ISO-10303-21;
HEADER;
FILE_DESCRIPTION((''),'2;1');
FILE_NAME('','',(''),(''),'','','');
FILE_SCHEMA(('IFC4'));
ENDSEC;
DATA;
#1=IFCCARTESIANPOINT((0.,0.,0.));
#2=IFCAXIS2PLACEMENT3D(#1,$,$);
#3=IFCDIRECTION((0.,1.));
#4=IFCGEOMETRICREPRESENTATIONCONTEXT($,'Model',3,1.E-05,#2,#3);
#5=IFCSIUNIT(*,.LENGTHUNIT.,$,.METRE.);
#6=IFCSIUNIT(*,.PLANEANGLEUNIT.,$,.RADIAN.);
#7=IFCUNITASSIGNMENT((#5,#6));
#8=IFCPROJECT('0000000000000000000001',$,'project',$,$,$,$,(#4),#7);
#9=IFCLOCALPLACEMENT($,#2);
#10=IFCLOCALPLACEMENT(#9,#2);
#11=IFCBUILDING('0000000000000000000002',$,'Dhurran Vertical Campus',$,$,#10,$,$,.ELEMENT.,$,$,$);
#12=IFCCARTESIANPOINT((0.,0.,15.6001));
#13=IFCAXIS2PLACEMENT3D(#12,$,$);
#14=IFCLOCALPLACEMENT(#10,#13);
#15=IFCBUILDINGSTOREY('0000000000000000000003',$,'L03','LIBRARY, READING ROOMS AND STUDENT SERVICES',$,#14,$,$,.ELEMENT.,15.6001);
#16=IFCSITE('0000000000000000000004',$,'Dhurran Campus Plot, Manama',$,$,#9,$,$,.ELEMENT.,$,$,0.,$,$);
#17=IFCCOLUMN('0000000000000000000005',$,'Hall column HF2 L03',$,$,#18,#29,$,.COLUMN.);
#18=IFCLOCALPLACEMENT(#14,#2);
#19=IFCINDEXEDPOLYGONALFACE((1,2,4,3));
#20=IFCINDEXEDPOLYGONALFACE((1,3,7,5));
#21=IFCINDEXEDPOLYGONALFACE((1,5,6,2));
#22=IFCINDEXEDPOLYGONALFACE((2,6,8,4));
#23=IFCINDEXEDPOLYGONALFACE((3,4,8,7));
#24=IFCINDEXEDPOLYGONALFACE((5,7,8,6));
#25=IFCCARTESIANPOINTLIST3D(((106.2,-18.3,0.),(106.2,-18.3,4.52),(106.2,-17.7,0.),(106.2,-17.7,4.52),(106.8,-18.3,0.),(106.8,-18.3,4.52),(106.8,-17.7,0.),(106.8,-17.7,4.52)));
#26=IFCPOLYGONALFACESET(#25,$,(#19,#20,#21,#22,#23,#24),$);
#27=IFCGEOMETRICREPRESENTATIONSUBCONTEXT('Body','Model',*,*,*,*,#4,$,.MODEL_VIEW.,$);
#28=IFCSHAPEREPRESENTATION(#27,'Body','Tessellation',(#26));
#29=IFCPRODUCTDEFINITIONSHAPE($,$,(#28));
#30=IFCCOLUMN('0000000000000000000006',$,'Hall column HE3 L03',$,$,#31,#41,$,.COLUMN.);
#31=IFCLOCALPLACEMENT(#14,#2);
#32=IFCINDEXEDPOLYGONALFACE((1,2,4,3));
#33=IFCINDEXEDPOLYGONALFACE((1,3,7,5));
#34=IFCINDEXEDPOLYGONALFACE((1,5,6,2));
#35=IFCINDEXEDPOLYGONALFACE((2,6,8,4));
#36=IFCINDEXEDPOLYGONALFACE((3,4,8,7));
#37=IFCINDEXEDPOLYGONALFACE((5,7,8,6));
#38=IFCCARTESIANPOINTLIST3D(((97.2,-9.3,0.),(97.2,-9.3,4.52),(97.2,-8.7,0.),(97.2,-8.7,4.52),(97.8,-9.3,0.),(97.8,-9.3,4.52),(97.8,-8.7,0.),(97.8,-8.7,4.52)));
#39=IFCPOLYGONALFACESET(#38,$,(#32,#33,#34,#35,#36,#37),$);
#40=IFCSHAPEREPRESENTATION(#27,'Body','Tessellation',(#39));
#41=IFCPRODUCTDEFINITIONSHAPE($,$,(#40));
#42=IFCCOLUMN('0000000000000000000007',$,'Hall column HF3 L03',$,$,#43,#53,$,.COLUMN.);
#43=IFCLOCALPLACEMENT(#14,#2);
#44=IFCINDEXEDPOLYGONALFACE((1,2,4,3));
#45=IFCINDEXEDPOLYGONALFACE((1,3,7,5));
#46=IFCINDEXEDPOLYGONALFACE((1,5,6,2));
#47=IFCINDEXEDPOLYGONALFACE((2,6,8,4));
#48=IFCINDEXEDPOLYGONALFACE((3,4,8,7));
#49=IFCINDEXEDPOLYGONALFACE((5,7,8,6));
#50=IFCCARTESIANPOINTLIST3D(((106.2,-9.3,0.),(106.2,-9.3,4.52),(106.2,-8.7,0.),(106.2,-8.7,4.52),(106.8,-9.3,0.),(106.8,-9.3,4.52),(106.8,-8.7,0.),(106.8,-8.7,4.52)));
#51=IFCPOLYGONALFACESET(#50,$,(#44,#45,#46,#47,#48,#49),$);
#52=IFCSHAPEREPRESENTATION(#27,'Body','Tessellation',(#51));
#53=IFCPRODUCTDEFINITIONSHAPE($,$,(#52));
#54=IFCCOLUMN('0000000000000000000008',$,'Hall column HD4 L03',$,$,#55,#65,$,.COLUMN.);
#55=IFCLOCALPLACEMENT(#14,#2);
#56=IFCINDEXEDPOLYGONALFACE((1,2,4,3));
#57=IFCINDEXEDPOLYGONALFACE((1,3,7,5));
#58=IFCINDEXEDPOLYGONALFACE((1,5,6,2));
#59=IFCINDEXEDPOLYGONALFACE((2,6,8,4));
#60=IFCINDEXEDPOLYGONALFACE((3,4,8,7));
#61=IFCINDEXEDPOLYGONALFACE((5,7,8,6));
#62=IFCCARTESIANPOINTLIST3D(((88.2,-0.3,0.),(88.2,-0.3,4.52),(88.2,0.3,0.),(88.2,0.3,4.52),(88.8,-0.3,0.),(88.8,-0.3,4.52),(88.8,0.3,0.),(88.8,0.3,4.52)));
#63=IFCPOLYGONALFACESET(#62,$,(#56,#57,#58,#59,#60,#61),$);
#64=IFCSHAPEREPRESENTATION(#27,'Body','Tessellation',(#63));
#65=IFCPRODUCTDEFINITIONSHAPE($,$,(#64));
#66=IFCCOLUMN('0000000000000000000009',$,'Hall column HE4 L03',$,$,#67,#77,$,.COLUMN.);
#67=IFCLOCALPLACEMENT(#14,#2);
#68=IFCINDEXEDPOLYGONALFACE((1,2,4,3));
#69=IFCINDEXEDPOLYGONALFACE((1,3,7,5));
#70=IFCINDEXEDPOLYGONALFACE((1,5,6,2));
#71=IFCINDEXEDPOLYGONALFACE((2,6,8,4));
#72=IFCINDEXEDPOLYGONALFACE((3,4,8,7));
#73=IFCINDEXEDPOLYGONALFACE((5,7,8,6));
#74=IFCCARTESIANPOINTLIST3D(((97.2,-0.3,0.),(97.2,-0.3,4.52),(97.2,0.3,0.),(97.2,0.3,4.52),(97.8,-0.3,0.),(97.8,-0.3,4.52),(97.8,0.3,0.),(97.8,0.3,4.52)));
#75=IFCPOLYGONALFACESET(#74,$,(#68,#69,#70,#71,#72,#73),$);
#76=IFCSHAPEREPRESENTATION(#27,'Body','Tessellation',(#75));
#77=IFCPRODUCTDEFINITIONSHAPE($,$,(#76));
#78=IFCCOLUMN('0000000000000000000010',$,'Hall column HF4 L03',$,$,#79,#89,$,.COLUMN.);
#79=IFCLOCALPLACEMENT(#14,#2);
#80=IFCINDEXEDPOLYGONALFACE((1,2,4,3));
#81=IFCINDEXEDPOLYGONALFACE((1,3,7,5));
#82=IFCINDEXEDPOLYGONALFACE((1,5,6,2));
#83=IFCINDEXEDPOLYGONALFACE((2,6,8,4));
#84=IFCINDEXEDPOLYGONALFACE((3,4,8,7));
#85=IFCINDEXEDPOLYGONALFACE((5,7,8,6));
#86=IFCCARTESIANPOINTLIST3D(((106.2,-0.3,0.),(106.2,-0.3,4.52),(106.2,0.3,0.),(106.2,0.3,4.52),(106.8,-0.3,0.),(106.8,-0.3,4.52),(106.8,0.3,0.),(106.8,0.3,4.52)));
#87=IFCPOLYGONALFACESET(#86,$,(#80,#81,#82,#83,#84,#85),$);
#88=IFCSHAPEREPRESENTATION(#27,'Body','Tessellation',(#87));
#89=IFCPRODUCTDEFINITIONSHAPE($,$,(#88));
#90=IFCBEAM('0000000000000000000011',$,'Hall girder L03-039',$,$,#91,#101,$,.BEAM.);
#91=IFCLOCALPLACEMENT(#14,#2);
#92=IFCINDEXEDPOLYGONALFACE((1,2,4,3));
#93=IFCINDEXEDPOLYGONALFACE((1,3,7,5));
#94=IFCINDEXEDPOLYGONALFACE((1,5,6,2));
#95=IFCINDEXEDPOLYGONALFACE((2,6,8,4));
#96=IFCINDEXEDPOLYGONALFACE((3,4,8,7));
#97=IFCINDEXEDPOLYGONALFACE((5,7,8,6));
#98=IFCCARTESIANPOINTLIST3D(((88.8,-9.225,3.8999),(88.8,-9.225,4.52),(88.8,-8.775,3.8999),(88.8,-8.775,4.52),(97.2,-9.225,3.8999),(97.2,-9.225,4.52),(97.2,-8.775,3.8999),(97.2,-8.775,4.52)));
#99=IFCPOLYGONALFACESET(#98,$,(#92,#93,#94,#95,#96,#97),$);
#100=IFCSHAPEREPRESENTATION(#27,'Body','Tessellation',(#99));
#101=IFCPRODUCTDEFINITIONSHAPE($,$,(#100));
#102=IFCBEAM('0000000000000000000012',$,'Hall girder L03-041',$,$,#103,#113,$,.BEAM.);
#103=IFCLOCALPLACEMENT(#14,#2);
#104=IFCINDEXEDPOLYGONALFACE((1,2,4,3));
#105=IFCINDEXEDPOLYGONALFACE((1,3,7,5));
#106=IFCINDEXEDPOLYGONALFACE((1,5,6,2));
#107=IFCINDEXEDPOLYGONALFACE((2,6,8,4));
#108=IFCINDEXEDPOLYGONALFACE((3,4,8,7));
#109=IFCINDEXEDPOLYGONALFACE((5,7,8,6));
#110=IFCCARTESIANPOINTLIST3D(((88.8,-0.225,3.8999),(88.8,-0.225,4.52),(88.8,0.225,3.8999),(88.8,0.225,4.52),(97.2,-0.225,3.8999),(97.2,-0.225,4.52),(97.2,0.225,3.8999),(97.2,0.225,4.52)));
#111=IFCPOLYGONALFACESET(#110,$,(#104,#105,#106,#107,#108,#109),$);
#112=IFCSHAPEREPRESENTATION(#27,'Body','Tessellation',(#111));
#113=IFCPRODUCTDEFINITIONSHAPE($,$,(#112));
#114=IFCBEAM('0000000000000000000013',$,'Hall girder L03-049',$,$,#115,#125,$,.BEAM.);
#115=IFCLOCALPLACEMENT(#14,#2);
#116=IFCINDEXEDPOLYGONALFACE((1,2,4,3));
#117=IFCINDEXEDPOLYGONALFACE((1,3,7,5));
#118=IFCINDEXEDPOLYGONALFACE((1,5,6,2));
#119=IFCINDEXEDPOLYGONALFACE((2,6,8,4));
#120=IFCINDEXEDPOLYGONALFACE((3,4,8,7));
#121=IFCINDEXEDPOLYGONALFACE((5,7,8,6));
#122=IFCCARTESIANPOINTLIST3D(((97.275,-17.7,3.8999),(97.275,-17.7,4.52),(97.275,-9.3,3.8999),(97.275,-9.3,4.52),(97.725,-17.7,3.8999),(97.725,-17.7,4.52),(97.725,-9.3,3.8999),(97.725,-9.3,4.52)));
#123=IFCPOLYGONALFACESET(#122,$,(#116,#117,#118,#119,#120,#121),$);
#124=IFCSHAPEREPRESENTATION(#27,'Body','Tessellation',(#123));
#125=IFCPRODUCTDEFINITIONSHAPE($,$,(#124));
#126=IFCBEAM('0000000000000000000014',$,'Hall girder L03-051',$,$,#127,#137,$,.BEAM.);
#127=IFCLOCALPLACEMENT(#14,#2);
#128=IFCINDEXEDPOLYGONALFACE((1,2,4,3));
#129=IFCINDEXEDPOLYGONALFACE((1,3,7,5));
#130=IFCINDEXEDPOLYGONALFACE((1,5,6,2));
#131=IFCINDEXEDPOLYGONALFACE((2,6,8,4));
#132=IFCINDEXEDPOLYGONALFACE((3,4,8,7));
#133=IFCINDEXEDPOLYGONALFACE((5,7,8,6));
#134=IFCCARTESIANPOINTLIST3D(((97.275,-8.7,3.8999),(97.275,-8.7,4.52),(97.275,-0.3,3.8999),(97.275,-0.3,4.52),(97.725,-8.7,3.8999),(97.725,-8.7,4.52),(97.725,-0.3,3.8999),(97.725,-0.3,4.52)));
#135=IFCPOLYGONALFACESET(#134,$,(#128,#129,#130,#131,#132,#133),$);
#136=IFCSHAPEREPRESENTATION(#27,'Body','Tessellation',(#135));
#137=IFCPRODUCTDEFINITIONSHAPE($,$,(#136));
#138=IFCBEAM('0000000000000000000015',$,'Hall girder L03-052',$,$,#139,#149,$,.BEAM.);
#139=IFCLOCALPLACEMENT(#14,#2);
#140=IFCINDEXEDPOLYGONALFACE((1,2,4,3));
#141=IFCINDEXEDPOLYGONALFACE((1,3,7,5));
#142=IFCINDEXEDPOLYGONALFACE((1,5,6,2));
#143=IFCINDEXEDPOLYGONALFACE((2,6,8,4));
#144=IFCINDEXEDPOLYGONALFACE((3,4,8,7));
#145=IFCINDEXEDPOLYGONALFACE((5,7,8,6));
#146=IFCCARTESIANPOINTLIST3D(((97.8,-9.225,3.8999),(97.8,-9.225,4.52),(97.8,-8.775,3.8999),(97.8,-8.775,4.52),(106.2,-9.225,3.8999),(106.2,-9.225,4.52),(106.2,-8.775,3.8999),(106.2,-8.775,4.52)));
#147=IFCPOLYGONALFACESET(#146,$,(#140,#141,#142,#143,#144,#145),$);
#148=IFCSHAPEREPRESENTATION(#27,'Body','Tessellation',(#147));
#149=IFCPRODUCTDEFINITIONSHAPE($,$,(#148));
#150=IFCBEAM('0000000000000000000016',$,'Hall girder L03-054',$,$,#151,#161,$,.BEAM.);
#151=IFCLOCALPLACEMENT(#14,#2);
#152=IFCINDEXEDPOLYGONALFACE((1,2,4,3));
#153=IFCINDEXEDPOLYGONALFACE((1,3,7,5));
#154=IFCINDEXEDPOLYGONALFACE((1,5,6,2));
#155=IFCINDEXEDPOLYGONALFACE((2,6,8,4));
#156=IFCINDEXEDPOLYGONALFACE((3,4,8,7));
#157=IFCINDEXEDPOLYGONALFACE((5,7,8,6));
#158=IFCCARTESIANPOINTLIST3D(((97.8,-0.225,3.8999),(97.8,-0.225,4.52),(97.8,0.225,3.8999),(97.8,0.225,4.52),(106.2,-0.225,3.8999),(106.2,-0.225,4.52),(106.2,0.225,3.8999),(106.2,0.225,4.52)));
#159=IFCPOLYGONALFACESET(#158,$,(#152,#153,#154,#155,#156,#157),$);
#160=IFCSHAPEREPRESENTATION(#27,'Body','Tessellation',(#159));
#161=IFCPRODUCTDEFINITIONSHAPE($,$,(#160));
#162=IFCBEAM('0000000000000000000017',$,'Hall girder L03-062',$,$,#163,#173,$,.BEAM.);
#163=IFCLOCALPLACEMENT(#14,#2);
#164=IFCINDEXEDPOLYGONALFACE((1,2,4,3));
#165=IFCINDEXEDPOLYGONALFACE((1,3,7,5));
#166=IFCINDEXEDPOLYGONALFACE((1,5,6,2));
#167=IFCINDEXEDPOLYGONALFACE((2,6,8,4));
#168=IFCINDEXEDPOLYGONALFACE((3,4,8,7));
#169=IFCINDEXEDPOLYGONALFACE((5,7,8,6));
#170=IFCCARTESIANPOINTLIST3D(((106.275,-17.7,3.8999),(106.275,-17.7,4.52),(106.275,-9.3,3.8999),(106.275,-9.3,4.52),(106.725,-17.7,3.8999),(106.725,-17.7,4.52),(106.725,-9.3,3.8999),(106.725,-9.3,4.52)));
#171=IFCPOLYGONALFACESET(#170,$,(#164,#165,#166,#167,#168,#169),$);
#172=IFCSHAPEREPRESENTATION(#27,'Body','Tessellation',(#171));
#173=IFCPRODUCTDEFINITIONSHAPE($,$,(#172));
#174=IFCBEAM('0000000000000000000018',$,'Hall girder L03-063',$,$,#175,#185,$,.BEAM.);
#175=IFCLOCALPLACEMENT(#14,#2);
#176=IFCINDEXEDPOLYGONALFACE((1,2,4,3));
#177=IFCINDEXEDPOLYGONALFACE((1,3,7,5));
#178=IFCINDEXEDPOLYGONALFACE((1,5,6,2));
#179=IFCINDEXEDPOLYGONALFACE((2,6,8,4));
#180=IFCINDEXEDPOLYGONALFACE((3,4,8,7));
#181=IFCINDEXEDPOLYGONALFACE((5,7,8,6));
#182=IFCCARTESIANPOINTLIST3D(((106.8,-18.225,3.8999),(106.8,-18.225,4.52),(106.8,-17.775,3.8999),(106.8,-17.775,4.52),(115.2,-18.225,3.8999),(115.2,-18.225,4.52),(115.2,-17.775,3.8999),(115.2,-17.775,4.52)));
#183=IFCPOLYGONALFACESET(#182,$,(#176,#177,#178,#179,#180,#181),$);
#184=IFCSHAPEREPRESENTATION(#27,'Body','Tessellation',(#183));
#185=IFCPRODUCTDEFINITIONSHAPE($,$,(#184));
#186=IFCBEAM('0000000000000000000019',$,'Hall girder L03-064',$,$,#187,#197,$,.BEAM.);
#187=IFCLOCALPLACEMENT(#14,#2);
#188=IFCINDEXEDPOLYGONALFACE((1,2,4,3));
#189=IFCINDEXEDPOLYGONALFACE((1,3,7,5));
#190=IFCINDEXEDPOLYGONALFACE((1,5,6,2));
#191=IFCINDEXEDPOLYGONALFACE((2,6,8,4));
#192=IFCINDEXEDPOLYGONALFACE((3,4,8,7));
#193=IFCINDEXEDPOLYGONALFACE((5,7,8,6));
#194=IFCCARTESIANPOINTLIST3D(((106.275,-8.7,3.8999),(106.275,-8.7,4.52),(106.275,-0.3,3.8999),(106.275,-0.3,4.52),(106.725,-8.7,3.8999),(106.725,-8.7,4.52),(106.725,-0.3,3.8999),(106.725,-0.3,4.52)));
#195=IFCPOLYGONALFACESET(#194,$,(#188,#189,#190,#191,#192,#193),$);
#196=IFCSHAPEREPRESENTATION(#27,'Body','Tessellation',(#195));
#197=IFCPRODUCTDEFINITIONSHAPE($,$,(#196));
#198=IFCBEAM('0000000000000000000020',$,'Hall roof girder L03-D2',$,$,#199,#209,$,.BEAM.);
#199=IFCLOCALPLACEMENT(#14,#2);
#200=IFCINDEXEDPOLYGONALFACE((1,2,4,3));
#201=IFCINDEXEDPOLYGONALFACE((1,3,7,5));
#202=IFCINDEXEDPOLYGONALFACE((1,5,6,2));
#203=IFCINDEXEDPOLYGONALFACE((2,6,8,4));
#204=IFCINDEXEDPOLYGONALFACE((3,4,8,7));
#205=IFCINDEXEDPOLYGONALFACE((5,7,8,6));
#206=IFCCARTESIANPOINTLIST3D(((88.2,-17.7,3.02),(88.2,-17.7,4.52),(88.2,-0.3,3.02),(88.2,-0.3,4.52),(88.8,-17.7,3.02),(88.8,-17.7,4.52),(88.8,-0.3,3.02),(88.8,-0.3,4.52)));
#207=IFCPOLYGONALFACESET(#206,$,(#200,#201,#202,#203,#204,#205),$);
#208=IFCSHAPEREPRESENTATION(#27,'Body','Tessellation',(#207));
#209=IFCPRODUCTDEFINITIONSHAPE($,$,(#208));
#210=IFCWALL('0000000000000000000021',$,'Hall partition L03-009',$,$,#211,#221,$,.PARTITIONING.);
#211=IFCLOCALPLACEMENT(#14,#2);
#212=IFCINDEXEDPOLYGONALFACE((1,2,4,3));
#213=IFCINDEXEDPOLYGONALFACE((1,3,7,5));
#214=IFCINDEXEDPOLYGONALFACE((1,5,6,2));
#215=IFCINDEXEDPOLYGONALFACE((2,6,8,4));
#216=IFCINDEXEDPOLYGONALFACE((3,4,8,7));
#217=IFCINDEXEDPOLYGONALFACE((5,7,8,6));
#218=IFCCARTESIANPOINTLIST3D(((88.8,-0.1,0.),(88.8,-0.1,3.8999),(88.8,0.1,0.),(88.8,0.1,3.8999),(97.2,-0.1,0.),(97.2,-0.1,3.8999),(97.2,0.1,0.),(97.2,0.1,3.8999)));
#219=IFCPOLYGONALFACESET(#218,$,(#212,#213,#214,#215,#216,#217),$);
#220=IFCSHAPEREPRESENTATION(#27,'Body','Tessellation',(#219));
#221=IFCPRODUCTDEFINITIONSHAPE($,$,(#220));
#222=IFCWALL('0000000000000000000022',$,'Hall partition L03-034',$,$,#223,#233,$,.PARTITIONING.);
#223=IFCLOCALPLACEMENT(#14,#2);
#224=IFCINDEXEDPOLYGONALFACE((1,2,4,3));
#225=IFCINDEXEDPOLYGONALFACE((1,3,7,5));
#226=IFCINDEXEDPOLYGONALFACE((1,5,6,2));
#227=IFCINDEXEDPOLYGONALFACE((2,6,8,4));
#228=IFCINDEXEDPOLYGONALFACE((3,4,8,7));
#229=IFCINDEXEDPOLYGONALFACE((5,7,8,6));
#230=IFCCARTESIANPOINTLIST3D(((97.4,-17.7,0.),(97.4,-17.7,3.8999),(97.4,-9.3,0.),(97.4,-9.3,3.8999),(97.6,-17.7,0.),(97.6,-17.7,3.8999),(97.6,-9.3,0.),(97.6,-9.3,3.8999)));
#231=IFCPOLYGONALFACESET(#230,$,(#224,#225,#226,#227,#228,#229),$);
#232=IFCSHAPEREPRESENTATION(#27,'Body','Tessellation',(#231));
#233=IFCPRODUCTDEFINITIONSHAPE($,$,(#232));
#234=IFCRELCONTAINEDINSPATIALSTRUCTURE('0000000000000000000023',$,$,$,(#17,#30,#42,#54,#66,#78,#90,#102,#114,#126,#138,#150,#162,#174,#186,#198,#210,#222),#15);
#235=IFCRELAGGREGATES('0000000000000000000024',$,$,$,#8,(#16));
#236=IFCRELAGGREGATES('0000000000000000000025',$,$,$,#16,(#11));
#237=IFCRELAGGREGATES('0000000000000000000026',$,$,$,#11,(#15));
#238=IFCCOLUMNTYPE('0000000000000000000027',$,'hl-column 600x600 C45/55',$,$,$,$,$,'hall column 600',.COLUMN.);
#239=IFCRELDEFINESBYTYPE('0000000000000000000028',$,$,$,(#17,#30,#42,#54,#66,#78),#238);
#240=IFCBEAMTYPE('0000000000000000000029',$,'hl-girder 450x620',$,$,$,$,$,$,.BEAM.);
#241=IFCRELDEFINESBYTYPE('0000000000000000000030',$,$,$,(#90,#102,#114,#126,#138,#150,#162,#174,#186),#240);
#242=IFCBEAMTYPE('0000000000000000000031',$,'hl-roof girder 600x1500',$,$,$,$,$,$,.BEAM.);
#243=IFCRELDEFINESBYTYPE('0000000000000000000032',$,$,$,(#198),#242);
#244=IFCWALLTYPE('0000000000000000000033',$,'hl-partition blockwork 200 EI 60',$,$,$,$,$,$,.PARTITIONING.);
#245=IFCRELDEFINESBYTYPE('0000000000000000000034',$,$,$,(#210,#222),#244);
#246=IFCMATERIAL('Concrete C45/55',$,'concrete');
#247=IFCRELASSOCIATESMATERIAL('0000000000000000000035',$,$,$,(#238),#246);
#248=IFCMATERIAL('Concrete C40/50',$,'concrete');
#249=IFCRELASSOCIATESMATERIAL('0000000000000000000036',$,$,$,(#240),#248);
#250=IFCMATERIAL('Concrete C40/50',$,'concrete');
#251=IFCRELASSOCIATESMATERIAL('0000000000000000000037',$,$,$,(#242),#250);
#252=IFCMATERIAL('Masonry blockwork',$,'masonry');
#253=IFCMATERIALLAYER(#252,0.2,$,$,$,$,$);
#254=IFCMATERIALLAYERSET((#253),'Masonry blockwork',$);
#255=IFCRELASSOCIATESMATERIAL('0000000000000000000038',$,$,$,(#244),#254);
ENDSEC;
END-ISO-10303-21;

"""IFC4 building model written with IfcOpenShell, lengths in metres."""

from ifc_helpers import new_model, si_unit, direction, frame, frame_2d, origin, origin_2d, place, context, subcontext, project, spatial, rectangle, extrude, material, layer, layer_set, material_profile, profile_set, type_object, element, save


model = new_model("IFC4")

# Units and contexts
model_context = context("Model", 3, precision=1e-05, world=origin(), true_north=direction((0.0, 1.0)))
body_context = subcontext(model_context, "Body", "Model", "MODEL_VIEW")
ifc_project = project(units=[si_unit("LENGTHUNIT", "METRE"), si_unit("PLANEANGLEUNIT", "RADIAN")], contexts=[model_context])

# Site, building, storey
site_placement = place(None, origin())
site = spatial("IfcSite", under=ifc_project, at=site_placement, Name="Dhurran Campus Plot, Manama", CompositionType="ELEMENT", RefElevation=0.0)
building_placement = place(site_placement, origin())
building = spatial("IfcBuilding", under=site, at=building_placement, Name="Dhurran Vertical Campus", CompositionType="ELEMENT")
storey_placement = place(building_placement, frame((0.0, 0.0, 15.6001)))
storey = spatial("IfcBuildingStorey", under=building, at=storey_placement, Name="L03", Description="LIBRARY, READING ROOMS AND STUDENT SERVICES", CompositionType="ELEMENT", Elevation=15.6001)

# Columns
ifc_material_1 = material(Name="Concrete C45/55", Category="concrete")
ifc_material_profile_1 = material_profile(ifc_material_1, rectangle(XDim=0.6001, YDim=0.6001, at=origin_2d()), Name="hl-column 600x600 C45/55")
ifc_profile_set_1 = profile_set([ifc_material_profile_1], Name="Concrete C45/55")
column_type = type_object("IfcColumnType", Name="hl-column 600x600 C45/55", ElementType="hall column 600", PredefinedType="COLUMN", material=ifc_profile_set_1)
for number, where, z_axis, x_axis, name in (
    (1, (106.5, -18.0, 0.0), (0.0, 0.0, 1.0), (1.0, 0.0, 0.0), "Hall column HF2 L03"),
    (2, (97.5, -9.0, 0.0), (0.0, 0.0, 1.0), (1.0, 0.0, 0.0), "Hall column HE3 L03"),
    (3, (106.5, -9.0, 0.0), (0.0, 0.0, 1.0), (1.0, 0.0, 0.0), "Hall column HF3 L03"),
    (4, (88.5, 0.0, 0.0), (0.0, 0.0, 1.0), (1.0, 0.0, 0.0), "Hall column HD4 L03"),
    (5, (97.5, 0.0, 0.0), (0.0, 0.0, 1.0), (1.0, 0.0, 0.0), "Hall column HE4 L03"),
    (6, (106.5, 0.0, 0.0), (0.0, 0.0, 1.0), (1.0, 0.0, 0.0), "Hall column HF4 L03"),
):
    element("IfcColumn", number, at=place(storey_placement, frame(where, z_axis=z_axis, x_axis=x_axis)), inside=storey, type_object=column_type, Name=name, PredefinedType="COLUMN", context=body_context, shape_type="SweptSolid", body=[
        extrude(rectangle(XDim=0.6001, YDim=0.6001, at=origin_2d()), origin(), (0.0, 0.0, 1.0), 4.52),
    ])

# Beams
ifc_material_2 = material(Name="Concrete C40/50", Category="concrete")
ifc_material_profile_2 = material_profile(ifc_material_2, rectangle(XDim=0.45, YDim=0.6201, at=origin_2d()), Name="hl-girder 450x620")
ifc_profile_set_2 = profile_set([ifc_material_profile_2], Name="Concrete C40/50")
beam_type_1 = type_object("IfcBeamType", Name="hl-girder 450x620", PredefinedType="BEAM", material=ifc_profile_set_2)
for number, where, z_axis, x_axis, name in (
    (7, (88.8, -9.0, 4.21), (1.0, 0.0, 0.0), (0.0, 1.0, 0.0), "Hall girder L03-039"),
    (8, (88.8, 0.0, 4.21), (1.0, 0.0, 0.0), (0.0, 1.0, 0.0), "Hall girder L03-041"),
    (9, (97.5, -17.7, 4.21), (0.0, 1.0, 0.0), (-1.0, 0.0, 0.0), "Hall girder L03-049"),
    (10, (97.5, -8.7, 4.21), (0.0, 1.0, 0.0), (-1.0, 0.0, 0.0), "Hall girder L03-051"),
    (11, (97.8, -9.0, 4.21), (1.0, 0.0, 0.0), (0.0, 1.0, 0.0), "Hall girder L03-052"),
    (12, (97.8, 0.0, 4.21), (1.0, 0.0, 0.0), (0.0, 1.0, 0.0), "Hall girder L03-054"),
    (13, (106.5, -17.7, 4.21), (0.0, 1.0, 0.0), (-1.0, 0.0, 0.0), "Hall girder L03-062"),
    (14, (106.8, -18.0, 4.21), (1.0, 0.0, 0.0), (0.0, 1.0, 0.0), "Hall girder L03-063"),
    (15, (106.5, -8.7, 4.21), (0.0, 1.0, 0.0), (-1.0, 0.0, 0.0), "Hall girder L03-064"),
):
    element("IfcBeam", number, at=place(storey_placement, frame(where, z_axis=z_axis, x_axis=x_axis)), inside=storey, type_object=beam_type_1, Name=name, PredefinedType="BEAM", context=body_context, shape_type="SweptSolid", body=[
        extrude(rectangle(XDim=0.45, YDim=0.6201, at=origin_2d()), origin(), (0.0, 0.0, 1.0), 8.3999),
    ])
ifc_material_3 = material(Name="Concrete C40/50", Category="concrete")
ifc_material_profile_3 = material_profile(ifc_material_3, rectangle(XDim=0.6001, YDim=1.5, at=origin_2d()), Name="hl-roof girder 600x1500")
ifc_profile_set_3 = profile_set([ifc_material_profile_3], Name="Concrete C40/50")
beam_type_2 = type_object("IfcBeamType", Name="hl-roof girder 600x1500", PredefinedType="BEAM", material=ifc_profile_set_3)
beam_placement = place(storey_placement, frame((88.5, -17.7, 3.77), z_axis=(0.0, 1.0, 0.0), x_axis=(-1.0, 0.0, 0.0)))
element("IfcBeam", 16, at=beam_placement, inside=storey, type_object=beam_type_2, Name="Hall roof girder L03-D2", PredefinedType="BEAM", context=body_context, shape_type="SweptSolid", body=[
    extrude(rectangle(XDim=0.6001, YDim=1.5, at=origin_2d()), origin(), (0.0, 0.0, 1.0), 17.3999),
])

# Walls
ifc_material_4 = material(Name="Masonry blockwork", Category="masonry")
ifc_layer = layer(ifc_material_4, 0.2)
ifc_layer_set = layer_set([ifc_layer], Name="Masonry blockwork")
wall_type = type_object("IfcWallType", Name="hl-partition blockwork 200 EI 60", PredefinedType="PARTITIONING", material=ifc_layer_set)
for number, where, z_axis, x_axis, name in (
    (17, (88.8, 0.0, 0.0), (0.0, 0.0, 1.0), (1.0, 0.0, 0.0), "Hall partition L03-009"),
    (18, (97.5, -17.7, 0.0), (0.0, 0.0, 1.0), (0.0, 1.0, 0.0), "Hall partition L03-034"),
):
    element("IfcWall", number, at=place(storey_placement, frame(where, z_axis=z_axis, x_axis=x_axis)), inside=storey, type_object=wall_type, Name=name, PredefinedType="PARTITIONING", context=body_context, shape_type="SweptSolid", body=[
        extrude(rectangle(XDim=8.3999, YDim=0.2, at=frame_2d((4.2, 0.0))), origin(), (0.0, 0.0, 1.0), 3.8999),
    ])

save(model, "model.ifc")
